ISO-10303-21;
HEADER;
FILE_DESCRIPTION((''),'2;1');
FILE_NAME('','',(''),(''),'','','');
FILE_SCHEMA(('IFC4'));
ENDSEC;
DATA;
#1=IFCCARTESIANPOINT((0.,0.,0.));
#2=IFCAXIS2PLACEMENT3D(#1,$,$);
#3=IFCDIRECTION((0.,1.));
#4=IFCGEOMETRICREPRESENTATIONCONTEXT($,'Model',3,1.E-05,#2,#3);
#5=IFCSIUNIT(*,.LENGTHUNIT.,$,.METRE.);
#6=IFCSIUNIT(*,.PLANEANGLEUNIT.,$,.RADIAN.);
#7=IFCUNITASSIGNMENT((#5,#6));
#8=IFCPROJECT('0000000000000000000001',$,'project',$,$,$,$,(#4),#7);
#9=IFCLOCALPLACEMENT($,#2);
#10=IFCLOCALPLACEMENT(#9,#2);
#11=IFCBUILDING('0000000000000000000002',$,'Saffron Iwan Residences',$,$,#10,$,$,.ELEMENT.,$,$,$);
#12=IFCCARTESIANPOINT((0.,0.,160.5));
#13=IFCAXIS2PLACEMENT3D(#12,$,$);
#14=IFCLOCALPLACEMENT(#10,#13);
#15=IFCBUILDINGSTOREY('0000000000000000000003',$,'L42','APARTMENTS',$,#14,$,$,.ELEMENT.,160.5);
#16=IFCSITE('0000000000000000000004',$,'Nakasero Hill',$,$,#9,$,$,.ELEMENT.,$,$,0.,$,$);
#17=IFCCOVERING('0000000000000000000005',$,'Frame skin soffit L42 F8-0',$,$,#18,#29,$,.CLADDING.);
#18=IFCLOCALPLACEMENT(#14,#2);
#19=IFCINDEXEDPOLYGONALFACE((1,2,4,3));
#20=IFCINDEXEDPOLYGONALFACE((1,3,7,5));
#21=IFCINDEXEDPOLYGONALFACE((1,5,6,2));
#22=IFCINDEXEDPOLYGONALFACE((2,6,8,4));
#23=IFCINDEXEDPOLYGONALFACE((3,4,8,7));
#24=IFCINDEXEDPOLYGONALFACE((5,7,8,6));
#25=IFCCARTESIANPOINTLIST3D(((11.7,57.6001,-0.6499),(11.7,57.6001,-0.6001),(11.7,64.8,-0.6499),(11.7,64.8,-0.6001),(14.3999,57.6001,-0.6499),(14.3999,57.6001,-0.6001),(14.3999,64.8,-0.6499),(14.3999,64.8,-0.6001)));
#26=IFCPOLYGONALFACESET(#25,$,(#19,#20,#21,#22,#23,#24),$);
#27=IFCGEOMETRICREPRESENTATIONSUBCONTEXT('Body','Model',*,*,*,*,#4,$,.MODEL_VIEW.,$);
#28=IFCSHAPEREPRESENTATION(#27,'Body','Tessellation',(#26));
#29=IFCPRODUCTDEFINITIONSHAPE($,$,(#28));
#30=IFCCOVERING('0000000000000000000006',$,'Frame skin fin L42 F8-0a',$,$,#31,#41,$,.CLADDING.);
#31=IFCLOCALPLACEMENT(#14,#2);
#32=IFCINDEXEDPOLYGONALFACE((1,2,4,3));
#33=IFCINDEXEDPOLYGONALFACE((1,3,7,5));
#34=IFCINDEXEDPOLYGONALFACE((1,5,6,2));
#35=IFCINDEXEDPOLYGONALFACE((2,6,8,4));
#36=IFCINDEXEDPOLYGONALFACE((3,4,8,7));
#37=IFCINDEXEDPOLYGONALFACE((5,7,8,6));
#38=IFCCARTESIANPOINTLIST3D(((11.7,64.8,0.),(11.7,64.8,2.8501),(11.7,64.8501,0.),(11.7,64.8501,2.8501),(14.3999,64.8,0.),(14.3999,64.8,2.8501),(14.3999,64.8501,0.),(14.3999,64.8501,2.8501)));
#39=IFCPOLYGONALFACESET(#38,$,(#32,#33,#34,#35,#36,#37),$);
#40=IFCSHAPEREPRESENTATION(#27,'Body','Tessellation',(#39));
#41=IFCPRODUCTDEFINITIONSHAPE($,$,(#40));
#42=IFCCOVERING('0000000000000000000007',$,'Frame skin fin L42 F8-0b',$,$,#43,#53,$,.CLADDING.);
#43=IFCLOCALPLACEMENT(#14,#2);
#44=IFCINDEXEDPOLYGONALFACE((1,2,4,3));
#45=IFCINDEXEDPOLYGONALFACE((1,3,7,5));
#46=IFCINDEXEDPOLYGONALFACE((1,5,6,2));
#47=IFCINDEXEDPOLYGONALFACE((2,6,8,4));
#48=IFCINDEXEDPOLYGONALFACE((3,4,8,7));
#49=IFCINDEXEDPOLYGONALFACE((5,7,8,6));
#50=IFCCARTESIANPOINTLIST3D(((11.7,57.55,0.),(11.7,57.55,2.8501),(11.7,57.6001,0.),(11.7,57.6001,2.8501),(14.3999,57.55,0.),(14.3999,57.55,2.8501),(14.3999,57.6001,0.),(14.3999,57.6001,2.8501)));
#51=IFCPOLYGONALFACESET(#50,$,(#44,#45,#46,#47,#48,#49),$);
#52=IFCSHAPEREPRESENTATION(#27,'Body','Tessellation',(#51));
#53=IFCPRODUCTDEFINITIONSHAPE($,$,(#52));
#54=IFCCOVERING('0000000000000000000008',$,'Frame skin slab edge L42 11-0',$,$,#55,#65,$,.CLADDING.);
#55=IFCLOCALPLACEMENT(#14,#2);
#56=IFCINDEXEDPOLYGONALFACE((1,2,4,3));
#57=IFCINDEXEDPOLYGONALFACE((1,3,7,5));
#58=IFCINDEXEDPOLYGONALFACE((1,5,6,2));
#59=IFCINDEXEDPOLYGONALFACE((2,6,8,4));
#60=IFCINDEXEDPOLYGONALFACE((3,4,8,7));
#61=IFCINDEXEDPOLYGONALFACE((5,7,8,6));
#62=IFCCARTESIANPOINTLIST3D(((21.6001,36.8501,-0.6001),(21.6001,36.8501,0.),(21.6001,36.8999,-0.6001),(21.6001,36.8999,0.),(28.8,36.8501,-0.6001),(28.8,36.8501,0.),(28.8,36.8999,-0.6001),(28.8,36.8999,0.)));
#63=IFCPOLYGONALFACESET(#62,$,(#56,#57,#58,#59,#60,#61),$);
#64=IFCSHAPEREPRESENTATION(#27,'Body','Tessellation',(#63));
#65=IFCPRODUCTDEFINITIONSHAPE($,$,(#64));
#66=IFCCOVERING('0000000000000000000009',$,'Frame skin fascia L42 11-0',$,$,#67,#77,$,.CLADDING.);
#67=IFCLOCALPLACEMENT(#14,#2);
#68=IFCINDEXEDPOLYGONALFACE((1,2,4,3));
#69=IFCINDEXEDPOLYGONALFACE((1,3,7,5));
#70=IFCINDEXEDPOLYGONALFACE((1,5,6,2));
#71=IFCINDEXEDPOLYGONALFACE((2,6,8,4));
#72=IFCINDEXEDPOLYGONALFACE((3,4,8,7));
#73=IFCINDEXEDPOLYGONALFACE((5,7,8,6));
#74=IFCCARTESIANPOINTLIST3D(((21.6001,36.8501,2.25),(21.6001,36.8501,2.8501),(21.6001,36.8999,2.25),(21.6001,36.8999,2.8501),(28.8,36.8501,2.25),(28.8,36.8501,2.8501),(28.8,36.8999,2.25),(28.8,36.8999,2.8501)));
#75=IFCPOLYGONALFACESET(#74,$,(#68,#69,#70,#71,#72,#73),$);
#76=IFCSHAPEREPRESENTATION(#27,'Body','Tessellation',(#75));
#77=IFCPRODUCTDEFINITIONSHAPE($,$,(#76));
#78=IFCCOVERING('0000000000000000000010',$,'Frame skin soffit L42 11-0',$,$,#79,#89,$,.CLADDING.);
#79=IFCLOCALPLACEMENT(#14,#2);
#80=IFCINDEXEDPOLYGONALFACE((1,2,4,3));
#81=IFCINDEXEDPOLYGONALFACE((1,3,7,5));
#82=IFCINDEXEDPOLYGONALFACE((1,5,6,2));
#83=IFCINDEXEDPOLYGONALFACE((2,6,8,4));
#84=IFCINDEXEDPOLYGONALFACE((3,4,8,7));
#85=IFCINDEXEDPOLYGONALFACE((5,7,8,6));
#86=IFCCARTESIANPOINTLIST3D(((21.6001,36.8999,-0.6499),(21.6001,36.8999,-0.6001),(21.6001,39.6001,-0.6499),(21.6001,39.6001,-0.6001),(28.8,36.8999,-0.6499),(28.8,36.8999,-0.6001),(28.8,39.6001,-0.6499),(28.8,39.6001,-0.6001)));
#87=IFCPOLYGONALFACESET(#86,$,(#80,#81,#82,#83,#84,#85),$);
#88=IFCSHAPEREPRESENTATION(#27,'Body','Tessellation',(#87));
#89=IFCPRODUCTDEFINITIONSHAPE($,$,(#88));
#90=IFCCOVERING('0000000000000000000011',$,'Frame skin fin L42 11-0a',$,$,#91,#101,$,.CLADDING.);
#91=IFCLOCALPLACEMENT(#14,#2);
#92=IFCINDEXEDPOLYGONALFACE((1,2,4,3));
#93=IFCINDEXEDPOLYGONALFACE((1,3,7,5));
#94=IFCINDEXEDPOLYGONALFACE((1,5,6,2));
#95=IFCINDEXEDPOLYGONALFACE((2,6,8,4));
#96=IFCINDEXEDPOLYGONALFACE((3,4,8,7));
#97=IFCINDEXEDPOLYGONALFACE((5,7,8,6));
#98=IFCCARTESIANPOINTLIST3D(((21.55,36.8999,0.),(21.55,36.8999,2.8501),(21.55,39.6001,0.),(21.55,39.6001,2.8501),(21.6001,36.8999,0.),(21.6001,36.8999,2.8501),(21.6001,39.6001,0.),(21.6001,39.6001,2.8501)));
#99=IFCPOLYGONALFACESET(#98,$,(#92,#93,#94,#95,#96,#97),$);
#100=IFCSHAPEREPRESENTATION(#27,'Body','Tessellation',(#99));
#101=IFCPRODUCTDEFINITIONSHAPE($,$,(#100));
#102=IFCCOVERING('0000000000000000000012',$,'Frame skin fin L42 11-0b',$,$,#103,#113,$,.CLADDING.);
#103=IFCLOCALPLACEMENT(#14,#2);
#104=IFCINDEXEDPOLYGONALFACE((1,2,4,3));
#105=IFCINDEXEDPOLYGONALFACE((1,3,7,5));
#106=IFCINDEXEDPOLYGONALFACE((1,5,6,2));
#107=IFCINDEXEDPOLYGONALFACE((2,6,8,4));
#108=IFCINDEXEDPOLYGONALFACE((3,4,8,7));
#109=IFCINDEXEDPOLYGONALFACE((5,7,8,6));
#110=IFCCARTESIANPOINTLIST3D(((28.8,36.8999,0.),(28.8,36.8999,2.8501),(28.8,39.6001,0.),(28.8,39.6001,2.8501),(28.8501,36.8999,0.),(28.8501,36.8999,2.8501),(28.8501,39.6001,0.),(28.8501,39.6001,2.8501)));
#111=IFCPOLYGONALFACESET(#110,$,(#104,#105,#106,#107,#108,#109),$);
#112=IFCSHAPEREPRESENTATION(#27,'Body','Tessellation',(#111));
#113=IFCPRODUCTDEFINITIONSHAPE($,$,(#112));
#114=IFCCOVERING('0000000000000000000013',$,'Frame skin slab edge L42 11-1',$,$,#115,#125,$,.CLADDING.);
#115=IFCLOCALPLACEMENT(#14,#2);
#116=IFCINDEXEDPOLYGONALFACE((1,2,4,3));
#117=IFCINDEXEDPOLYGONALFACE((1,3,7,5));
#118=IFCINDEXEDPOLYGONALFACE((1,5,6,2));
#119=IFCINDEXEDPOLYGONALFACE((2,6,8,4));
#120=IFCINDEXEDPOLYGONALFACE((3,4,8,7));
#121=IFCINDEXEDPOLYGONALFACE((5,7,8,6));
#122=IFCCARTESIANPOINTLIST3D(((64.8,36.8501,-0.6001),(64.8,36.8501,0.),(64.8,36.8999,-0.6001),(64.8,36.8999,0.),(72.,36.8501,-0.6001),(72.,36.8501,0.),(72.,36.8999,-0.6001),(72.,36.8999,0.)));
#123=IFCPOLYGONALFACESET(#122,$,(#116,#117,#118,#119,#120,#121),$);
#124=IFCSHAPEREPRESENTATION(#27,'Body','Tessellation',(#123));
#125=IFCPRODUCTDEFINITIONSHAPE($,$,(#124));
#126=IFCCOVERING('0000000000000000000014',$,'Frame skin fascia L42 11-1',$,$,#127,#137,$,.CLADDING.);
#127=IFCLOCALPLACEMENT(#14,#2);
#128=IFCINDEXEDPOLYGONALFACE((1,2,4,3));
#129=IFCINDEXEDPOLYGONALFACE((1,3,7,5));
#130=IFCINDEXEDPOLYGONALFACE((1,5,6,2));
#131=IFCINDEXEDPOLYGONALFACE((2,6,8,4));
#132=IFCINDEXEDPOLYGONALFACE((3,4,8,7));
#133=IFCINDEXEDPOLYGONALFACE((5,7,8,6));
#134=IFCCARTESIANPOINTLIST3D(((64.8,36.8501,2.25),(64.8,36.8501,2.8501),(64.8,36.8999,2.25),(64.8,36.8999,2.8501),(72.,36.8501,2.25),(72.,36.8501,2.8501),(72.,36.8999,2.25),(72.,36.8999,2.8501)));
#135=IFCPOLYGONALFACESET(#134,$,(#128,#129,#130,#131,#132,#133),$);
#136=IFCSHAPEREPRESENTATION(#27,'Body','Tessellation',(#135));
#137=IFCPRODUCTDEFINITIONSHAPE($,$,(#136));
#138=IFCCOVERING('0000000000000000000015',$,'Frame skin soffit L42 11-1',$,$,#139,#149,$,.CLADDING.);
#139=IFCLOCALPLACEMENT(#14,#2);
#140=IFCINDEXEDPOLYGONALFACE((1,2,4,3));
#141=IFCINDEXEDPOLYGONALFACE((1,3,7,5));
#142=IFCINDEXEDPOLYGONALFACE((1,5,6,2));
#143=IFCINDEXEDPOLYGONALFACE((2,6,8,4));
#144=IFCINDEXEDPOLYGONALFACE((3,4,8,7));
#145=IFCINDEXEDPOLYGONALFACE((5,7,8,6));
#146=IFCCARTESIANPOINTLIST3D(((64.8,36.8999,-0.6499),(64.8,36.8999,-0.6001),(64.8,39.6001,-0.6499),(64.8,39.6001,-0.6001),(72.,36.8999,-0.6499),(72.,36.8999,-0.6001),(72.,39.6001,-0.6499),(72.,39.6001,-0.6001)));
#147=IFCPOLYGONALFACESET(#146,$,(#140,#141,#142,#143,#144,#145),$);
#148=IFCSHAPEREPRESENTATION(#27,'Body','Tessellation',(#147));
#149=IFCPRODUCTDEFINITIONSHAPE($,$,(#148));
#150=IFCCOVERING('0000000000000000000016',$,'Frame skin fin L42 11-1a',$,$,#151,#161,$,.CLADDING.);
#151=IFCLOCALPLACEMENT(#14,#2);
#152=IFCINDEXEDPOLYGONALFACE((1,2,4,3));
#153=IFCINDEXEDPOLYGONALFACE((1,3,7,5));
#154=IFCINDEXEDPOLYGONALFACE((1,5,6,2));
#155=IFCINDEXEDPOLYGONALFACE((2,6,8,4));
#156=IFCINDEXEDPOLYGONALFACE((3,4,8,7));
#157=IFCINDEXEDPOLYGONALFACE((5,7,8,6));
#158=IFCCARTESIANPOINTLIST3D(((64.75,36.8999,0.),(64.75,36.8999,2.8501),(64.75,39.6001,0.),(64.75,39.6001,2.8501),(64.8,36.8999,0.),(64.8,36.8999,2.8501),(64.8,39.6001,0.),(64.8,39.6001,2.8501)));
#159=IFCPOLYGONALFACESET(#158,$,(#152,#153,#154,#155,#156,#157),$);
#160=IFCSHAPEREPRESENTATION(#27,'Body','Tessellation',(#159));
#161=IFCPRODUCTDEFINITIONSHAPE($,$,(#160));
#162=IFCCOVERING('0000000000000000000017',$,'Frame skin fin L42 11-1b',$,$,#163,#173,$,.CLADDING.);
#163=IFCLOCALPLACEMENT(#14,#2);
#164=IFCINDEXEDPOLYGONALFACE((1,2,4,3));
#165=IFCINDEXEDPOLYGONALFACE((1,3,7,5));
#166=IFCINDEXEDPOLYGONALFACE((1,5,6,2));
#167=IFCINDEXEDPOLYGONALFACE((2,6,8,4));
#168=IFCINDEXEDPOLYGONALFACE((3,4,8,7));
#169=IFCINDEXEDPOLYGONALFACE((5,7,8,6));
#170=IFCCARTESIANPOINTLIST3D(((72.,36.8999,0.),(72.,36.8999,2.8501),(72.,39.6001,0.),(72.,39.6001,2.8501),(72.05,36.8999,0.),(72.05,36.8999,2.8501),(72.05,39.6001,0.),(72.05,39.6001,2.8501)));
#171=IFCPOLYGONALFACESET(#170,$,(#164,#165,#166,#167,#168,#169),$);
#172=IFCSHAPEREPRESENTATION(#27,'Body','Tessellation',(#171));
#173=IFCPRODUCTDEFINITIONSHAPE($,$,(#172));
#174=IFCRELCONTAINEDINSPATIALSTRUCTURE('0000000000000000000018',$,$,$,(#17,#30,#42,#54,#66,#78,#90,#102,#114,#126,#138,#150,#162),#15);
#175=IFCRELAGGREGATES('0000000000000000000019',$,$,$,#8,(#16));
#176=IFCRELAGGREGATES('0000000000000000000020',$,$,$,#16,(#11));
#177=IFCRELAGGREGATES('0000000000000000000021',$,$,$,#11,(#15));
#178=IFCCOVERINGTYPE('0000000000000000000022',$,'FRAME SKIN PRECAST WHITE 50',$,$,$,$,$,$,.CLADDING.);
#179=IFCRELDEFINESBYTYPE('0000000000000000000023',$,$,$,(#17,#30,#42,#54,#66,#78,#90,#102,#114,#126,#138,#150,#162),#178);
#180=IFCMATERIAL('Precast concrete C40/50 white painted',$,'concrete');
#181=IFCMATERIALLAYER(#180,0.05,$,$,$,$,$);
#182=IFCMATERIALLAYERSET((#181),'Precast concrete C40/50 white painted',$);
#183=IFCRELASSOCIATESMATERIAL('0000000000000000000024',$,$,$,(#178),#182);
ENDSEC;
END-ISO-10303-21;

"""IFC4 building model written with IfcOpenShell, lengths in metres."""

from ifc_helpers import new_model, si_unit, direction, frame, origin, place, context, subcontext, project, spatial, polyline, outline, extrude, material, layer, layer_set, type_object, element, save


model = new_model("IFC4")

# Units and contexts
model_context = context("Model", 3, precision=1e-05, world=origin(), true_north=direction((0.0, 1.0)))
body_context = subcontext(model_context, "Body", "Model", "MODEL_VIEW")
ifc_project = project(units=[si_unit("LENGTHUNIT", "METRE"), si_unit("PLANEANGLEUNIT", "RADIAN")], contexts=[model_context])

# Site, building, storey
site_placement = place(None, origin())
site = spatial("IfcSite", under=ifc_project, at=site_placement, Name="Nakasero Hill", CompositionType="ELEMENT", RefElevation=0.0)
building_placement = place(site_placement, origin())
building = spatial("IfcBuilding", under=site, at=building_placement, Name="Saffron Iwan Residences", CompositionType="ELEMENT")
storey_placement = place(building_placement, frame((0.0, 0.0, 160.5)))
storey = spatial("IfcBuildingStorey", under=building, at=storey_placement, Name="L42", Description="APARTMENTS", CompositionType="ELEMENT", Elevation=160.5)

# Coverings
ifc_material_1 = material(Name="Precast concrete C40/50 white painted", Category="concrete")
ifc_layer_1 = layer(ifc_material_1, 0.05)
ifc_layer_set_1 = layer_set([ifc_layer_1], Name="Precast concrete C40/50 white painted")
covering_type = type_object("IfcCoveringType", Name="FRAME SKIN PRECAST WHITE 50", PredefinedType="CLADDING", material=ifc_layer_set_1)
covering_1_placement = place(storey_placement, frame((0.0, 0.0, -0.6499)))
element("IfcCovering", 1, at=covering_1_placement, inside=storey, type_object=covering_type, Name="Frame skin soffit L42 F8-0", PredefinedType="CLADDING", context=body_context, shape_type="SweptSolid", body=[
    extrude(outline(polyline([(11.7, 64.8), (11.7, 57.6001), (14.3999, 57.6001), (14.3999, 64.8), (11.7, 64.8)])), origin(), (0.0, 0.0, 1.0), 0.0498),
])
covering_2_placement = place(storey_placement, origin())
element("IfcCovering", 2, at=covering_2_placement, inside=storey, type_object=covering_type, Name="Frame skin fin L42 F8-0a", PredefinedType="CLADDING", context=body_context, shape_type="SweptSolid", body=[
    extrude(outline(polyline([(11.7, 64.8501), (11.7, 64.8), (14.3999, 64.8), (14.3999, 64.8501), (11.7, 64.8501)])), origin(), (0.0, 0.0, 1.0), 2.8501),
])
covering_3_placement = place(storey_placement, origin())
element("IfcCovering", 3, at=covering_3_placement, inside=storey, type_object=covering_type, Name="Frame skin fin L42 F8-0b", PredefinedType="CLADDING", context=body_context, shape_type="SweptSolid", body=[
    extrude(outline(polyline([(11.7, 57.6001), (11.7, 57.55), (14.3999, 57.55), (14.3999, 57.6001), (11.7, 57.6001)])), origin(), (0.0, 0.0, 1.0), 2.8501),
])
for number, where, name in (
    (4, (0.0, 0.0, -0.6001), "Frame skin slab edge L42 11-0"),
    (5, (0.0, 0.0, 2.25), "Frame skin fascia L42 11-0"),
):
    element("IfcCovering", number, at=place(storey_placement, frame(where)), inside=storey, type_object=covering_type, Name=name, PredefinedType="CLADDING", context=body_context, shape_type="SweptSolid", body=[
        extrude(outline(polyline([(21.6001, 36.8501), (28.8, 36.8501), (28.8, 36.8999), (21.6001, 36.8999), (21.6001, 36.8501)])), origin(), (0.0, 0.0, 1.0), 0.6001),
    ])
covering_4_placement = place(storey_placement, frame((0.0, 0.0, -0.6499)))
element("IfcCovering", 6, at=covering_4_placement, inside=storey, type_object=covering_type, Name="Frame skin soffit L42 11-0", PredefinedType="CLADDING", context=body_context, shape_type="SweptSolid", body=[
    extrude(outline(polyline([(21.6001, 36.8999), (28.8, 36.8999), (28.8, 39.6001), (21.6001, 39.6001), (21.6001, 36.8999)])), origin(), (0.0, 0.0, 1.0), 0.0498),
])
covering_5_placement = place(storey_placement, origin())
element("IfcCovering", 7, at=covering_5_placement, inside=storey, type_object=covering_type, Name="Frame skin fin L42 11-0a", PredefinedType="CLADDING", context=body_context, shape_type="SweptSolid", body=[
    extrude(outline(polyline([(21.55, 36.8999), (21.6001, 36.8999), (21.6001, 39.6001), (21.55, 39.6001), (21.55, 36.8999)])), origin(), (0.0, 0.0, 1.0), 2.8501),
])
covering_6_placement = place(storey_placement, origin())
element("IfcCovering", 8, at=covering_6_placement, inside=storey, type_object=covering_type, Name="Frame skin fin L42 11-0b", PredefinedType="CLADDING", context=body_context, shape_type="SweptSolid", body=[
    extrude(outline(polyline([(28.8, 36.8999), (28.8501, 36.8999), (28.8501, 39.6001), (28.8, 39.6001), (28.8, 36.8999)])), origin(), (0.0, 0.0, 1.0), 2.8501),
])
for number, where, name in (
    (9, (0.0, 0.0, -0.6001), "Frame skin slab edge L42 11-1"),
    (10, (0.0, 0.0, 2.25), "Frame skin fascia L42 11-1"),
):
    element("IfcCovering", number, at=place(storey_placement, frame(where)), inside=storey, type_object=covering_type, Name=name, PredefinedType="CLADDING", context=body_context, shape_type="SweptSolid", body=[
        extrude(outline(polyline([(64.8, 36.8501), (72.0, 36.8501), (72.0, 36.8999), (64.8, 36.8999), (64.8, 36.8501)])), origin(), (0.0, 0.0, 1.0), 0.6001),
    ])
covering_7_placement = place(storey_placement, frame((0.0, 0.0, -0.6499)))
element("IfcCovering", 11, at=covering_7_placement, inside=storey, type_object=covering_type, Name="Frame skin soffit L42 11-1", PredefinedType="CLADDING", context=body_context, shape_type="SweptSolid", body=[
    extrude(outline(polyline([(64.8, 36.8999), (72.0, 36.8999), (72.0, 39.6001), (64.8, 39.6001), (64.8, 36.8999)])), origin(), (0.0, 0.0, 1.0), 0.0498),
])
covering_8_placement = place(storey_placement, origin())
element("IfcCovering", 12, at=covering_8_placement, inside=storey, type_object=covering_type, Name="Frame skin fin L42 11-1a", PredefinedType="CLADDING", context=body_context, shape_type="SweptSolid", body=[
    extrude(outline(polyline([(64.75, 36.8999), (64.8, 36.8999), (64.8, 39.6001), (64.75, 39.6001), (64.75, 36.8999)])), origin(), (0.0, 0.0, 1.0), 2.8501),
])
covering_9_placement = place(storey_placement, origin())
element("IfcCovering", 13, at=covering_9_placement, inside=storey, type_object=covering_type, Name="Frame skin fin L42 11-1b", PredefinedType="CLADDING", context=body_context, shape_type="SweptSolid", body=[
    extrude(outline(polyline([(72.0, 36.8999), (72.05, 36.8999), (72.05, 39.6001), (72.0, 39.6001), (72.0, 36.8999)])), origin(), (0.0, 0.0, 1.0), 2.8501),
])

save(model, "model.ifc")
